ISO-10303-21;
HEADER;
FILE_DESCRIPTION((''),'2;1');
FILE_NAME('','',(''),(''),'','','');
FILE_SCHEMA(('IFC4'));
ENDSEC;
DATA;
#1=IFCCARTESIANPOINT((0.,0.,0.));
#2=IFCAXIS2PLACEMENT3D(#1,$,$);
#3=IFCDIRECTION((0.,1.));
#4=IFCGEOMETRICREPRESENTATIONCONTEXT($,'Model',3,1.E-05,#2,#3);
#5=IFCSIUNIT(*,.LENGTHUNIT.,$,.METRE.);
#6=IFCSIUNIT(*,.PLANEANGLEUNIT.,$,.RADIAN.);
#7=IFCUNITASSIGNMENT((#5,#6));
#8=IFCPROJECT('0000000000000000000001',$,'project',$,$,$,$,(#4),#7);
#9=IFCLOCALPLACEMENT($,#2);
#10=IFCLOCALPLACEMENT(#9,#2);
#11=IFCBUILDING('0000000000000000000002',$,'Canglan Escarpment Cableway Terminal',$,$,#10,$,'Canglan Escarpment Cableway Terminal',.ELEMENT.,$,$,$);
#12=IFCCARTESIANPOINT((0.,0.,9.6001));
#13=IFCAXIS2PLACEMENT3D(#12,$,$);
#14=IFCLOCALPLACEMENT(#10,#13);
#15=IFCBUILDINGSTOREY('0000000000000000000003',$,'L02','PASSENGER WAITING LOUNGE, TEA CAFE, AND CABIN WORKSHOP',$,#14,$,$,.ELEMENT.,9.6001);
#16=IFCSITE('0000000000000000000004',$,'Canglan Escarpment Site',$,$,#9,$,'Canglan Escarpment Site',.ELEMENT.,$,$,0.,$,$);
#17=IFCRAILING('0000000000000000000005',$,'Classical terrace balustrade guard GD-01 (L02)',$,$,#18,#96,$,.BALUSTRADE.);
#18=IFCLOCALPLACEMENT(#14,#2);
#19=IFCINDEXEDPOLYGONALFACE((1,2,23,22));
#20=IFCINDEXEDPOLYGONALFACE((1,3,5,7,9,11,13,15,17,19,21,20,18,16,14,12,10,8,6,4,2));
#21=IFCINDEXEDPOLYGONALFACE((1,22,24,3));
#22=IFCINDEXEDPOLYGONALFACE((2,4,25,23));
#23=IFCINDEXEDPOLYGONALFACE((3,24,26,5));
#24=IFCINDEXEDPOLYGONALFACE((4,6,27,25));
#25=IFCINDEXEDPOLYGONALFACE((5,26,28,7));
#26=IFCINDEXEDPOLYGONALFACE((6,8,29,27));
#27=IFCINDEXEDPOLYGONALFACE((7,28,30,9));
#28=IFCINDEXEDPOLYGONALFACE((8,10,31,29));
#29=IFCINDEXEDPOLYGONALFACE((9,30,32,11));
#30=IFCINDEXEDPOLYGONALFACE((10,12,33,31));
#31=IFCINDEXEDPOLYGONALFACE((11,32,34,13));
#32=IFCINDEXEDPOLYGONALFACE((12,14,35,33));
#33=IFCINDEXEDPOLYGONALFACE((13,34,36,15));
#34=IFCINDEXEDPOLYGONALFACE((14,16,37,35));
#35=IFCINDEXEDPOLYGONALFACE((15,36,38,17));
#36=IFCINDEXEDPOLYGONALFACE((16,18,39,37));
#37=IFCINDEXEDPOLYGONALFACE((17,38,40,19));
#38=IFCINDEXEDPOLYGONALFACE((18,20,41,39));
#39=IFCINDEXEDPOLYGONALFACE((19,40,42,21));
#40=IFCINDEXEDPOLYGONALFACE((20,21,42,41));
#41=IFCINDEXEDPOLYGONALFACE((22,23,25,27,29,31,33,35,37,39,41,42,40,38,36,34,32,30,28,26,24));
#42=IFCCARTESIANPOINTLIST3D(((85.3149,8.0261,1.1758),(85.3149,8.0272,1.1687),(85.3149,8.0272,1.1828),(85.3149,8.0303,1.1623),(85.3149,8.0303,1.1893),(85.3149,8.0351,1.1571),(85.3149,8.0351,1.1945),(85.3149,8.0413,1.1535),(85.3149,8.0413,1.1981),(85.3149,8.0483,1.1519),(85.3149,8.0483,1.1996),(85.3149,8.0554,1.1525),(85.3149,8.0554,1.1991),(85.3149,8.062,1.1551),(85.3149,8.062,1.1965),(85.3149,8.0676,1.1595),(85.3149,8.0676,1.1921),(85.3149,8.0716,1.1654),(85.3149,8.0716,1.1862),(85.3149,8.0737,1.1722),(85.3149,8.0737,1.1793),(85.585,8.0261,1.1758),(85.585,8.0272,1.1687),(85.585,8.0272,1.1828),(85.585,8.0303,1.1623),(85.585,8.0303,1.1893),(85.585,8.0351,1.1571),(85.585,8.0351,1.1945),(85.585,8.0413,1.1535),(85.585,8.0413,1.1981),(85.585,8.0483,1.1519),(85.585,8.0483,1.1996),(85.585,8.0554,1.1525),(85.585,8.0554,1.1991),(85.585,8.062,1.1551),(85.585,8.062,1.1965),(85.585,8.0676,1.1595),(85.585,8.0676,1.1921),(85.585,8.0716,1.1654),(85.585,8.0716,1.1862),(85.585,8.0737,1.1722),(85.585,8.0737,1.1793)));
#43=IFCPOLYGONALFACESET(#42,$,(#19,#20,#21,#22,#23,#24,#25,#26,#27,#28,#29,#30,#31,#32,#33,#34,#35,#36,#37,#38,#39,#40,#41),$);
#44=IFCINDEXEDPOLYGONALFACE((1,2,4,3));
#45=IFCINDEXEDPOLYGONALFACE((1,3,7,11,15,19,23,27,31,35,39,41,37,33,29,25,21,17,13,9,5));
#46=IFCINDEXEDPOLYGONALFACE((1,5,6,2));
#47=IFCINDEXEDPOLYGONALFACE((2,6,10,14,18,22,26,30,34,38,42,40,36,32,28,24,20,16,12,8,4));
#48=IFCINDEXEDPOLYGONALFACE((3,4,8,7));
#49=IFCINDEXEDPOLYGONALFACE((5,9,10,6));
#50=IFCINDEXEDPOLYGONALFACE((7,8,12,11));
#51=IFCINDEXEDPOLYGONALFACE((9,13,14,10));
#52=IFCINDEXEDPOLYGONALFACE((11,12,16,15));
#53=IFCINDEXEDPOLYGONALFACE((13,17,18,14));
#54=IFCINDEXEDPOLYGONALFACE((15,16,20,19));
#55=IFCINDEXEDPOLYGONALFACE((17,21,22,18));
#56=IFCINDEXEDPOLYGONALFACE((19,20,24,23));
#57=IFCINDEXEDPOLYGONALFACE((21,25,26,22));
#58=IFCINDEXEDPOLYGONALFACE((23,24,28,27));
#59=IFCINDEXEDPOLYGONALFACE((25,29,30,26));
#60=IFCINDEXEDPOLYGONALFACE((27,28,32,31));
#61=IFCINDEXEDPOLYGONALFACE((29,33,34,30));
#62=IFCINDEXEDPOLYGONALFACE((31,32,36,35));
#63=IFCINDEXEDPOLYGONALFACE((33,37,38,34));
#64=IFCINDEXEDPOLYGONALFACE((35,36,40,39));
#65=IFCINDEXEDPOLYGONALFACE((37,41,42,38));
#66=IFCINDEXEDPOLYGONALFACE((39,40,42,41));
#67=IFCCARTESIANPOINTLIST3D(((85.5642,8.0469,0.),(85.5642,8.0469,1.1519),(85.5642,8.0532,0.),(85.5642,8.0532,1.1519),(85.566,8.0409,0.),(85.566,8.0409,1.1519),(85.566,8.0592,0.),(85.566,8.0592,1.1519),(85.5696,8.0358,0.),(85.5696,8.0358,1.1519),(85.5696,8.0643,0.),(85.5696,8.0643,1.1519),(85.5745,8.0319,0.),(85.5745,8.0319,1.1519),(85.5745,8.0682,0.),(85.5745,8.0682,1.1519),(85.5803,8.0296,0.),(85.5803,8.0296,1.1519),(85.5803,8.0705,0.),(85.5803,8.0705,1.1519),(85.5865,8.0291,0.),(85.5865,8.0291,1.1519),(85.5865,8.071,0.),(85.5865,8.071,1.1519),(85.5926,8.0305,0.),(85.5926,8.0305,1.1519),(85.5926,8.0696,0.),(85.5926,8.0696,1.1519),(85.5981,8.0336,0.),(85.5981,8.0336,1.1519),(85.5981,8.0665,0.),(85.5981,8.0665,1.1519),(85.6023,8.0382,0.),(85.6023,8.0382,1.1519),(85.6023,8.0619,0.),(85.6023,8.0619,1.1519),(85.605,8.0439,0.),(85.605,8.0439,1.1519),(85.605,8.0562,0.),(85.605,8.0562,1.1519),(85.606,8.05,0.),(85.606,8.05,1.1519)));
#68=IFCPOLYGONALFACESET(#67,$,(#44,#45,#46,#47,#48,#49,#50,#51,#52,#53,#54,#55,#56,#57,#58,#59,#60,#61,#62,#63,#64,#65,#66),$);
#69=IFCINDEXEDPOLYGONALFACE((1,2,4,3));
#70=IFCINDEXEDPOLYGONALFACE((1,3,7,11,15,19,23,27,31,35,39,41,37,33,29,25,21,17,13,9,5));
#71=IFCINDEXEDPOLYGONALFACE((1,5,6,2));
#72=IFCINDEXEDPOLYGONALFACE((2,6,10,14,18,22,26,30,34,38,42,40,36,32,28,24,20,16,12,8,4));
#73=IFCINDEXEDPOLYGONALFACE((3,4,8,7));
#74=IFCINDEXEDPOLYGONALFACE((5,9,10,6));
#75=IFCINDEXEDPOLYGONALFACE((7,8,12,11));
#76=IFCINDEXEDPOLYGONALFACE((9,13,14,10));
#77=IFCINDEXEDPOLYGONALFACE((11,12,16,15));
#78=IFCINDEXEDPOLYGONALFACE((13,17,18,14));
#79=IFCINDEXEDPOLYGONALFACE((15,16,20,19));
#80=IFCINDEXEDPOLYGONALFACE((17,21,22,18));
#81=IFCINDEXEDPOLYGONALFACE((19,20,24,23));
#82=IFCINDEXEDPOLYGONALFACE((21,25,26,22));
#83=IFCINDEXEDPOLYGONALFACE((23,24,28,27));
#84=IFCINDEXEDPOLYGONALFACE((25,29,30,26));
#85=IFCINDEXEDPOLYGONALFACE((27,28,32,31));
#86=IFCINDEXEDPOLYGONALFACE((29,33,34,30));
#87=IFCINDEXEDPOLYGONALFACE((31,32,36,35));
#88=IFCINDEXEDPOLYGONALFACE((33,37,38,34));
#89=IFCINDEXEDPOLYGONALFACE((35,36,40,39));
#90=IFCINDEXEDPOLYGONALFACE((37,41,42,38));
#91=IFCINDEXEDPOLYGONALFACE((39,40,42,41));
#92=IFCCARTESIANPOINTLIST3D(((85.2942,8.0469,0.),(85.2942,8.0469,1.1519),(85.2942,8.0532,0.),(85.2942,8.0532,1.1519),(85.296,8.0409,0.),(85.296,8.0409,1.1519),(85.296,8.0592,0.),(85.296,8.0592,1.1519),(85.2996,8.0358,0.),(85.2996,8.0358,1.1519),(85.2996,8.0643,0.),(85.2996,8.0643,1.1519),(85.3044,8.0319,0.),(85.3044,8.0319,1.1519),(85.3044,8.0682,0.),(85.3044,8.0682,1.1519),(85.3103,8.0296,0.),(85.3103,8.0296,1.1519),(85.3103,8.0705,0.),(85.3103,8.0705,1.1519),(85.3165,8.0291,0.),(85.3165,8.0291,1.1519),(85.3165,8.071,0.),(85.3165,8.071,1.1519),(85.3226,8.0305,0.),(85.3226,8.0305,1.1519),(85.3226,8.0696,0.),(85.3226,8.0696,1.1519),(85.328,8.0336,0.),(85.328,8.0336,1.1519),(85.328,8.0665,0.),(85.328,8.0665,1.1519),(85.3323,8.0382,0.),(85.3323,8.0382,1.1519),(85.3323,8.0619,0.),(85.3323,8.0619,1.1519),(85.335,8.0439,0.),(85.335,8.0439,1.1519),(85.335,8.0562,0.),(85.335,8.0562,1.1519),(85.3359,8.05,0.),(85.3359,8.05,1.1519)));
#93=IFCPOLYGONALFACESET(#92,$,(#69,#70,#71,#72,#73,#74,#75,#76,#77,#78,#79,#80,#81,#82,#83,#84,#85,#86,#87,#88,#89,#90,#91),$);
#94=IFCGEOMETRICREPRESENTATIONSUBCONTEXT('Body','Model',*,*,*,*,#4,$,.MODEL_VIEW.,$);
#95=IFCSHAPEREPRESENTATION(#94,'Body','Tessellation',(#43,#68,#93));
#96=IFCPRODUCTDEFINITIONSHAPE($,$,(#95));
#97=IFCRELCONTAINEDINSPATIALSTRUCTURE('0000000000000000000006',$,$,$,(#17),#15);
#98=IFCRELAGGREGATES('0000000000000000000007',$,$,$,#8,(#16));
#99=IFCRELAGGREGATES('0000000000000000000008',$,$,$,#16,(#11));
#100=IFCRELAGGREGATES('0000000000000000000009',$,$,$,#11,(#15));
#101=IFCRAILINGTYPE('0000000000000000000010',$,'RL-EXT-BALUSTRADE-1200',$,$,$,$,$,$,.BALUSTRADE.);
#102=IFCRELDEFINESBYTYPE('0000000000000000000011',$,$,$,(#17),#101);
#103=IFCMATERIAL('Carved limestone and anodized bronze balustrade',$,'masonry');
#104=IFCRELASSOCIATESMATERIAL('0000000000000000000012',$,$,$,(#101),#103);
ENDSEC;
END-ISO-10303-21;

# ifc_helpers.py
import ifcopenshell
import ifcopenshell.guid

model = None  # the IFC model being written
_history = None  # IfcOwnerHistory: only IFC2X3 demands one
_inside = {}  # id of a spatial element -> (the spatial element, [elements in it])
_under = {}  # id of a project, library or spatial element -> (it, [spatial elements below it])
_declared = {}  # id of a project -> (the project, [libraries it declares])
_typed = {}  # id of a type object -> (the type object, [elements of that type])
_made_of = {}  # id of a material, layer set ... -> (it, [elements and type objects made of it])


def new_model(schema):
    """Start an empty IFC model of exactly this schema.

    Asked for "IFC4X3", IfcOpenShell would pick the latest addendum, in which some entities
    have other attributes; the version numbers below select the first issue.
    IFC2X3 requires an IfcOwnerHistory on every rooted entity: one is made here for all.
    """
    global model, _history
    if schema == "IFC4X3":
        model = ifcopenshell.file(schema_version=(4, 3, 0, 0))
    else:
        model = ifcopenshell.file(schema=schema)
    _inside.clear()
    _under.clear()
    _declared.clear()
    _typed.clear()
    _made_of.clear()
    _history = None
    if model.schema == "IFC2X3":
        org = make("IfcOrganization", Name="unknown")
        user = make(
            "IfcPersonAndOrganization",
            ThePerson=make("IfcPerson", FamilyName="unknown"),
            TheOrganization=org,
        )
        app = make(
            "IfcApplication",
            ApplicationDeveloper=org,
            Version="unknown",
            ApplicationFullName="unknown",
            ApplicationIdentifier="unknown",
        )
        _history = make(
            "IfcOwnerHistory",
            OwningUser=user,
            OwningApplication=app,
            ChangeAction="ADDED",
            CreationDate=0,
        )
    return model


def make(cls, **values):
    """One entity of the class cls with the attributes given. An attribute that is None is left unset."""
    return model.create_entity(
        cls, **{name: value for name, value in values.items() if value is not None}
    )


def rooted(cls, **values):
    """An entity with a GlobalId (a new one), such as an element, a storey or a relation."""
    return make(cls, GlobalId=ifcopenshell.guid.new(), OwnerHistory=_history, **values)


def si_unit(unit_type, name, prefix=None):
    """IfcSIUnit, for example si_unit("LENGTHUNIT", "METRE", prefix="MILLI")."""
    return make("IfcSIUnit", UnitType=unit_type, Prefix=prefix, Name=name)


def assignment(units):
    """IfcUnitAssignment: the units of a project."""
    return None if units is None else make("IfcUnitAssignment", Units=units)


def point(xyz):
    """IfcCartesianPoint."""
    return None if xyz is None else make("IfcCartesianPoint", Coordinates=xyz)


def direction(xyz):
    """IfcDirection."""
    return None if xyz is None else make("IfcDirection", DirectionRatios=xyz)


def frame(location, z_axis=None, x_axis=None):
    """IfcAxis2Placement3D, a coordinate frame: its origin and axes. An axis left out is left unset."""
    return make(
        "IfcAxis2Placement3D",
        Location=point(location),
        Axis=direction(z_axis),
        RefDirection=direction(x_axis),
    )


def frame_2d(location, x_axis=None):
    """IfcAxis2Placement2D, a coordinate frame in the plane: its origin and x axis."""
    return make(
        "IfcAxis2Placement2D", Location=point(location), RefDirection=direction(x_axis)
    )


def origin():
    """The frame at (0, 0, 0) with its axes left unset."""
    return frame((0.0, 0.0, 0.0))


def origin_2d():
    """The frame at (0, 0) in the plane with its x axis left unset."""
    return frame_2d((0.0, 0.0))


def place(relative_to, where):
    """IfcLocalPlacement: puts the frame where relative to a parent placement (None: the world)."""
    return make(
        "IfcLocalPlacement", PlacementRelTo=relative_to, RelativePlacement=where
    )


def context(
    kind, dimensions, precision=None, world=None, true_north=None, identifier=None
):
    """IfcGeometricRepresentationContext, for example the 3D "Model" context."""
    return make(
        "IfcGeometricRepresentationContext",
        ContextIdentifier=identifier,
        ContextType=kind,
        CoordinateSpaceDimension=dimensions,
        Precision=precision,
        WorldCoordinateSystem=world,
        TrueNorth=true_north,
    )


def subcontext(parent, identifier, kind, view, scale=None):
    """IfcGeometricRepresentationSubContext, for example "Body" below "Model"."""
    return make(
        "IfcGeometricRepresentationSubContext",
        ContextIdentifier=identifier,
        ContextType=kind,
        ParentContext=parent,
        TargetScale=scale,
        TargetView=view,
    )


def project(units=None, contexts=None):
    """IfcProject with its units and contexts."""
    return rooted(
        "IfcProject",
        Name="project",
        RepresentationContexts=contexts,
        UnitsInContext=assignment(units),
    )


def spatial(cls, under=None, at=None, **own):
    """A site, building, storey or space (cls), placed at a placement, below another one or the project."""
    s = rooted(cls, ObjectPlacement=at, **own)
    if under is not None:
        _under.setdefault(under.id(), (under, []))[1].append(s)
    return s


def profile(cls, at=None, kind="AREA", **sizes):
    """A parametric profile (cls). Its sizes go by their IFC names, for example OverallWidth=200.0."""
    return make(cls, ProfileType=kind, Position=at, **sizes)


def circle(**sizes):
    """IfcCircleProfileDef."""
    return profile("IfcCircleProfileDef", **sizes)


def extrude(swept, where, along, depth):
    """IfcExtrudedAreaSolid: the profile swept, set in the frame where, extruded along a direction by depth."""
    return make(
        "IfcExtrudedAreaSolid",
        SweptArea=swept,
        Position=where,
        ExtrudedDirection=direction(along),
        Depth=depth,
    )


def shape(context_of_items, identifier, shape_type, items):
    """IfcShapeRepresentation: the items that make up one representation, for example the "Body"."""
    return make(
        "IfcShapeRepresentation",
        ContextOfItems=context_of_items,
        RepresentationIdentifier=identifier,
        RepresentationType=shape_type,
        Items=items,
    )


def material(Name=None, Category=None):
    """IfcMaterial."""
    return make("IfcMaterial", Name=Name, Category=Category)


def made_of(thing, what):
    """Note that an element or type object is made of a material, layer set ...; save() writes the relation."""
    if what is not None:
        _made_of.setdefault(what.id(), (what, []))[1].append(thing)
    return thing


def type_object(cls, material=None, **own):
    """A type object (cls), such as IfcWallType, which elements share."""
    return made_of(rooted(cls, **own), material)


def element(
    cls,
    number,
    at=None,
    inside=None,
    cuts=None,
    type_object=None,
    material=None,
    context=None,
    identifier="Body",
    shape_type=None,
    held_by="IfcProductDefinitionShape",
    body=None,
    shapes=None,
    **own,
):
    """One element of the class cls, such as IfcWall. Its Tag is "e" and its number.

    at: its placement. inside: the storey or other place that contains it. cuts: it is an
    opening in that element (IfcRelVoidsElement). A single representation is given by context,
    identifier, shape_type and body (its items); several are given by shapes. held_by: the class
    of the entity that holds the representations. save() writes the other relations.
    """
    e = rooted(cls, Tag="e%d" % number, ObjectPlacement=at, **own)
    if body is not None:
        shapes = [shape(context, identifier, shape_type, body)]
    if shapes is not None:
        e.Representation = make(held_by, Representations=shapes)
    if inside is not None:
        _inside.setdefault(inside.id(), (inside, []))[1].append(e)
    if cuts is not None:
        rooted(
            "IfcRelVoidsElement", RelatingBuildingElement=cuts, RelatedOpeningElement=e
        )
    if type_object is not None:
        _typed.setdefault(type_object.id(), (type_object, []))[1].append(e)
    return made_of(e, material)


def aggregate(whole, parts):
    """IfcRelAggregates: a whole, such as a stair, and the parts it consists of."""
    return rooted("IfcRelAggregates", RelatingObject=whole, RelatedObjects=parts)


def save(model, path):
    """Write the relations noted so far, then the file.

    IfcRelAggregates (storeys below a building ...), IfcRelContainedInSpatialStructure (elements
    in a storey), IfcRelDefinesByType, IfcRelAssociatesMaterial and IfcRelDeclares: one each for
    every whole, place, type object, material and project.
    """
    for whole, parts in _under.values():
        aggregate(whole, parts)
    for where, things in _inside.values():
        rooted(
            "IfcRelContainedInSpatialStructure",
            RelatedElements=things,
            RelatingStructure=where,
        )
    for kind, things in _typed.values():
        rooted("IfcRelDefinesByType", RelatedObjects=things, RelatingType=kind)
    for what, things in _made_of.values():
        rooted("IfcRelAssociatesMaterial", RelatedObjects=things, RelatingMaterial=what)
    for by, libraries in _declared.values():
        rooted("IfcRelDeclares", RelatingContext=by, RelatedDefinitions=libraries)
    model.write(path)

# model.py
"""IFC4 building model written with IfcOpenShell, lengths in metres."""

from ifc_helpers import new_model, si_unit, direction, frame, origin, origin_2d, place, context, subcontext, project, spatial, circle, extrude, material, type_object, element, save


model = new_model("IFC4")

# Units and contexts
model_context = context("Model", 3, precision=1e-05, world=origin(), true_north=direction((0.0, 1.0)))
body_context = subcontext(model_context, "Body", "Model", "MODEL_VIEW")
ifc_project = project(units=[si_unit("LENGTHUNIT", "METRE"), si_unit("PLANEANGLEUNIT", "RADIAN")], contexts=[model_context])

# Site, building, storey
site_placement = place(None, origin())
site = spatial("IfcSite", under=ifc_project, at=site_placement, Name="Canglan Escarpment Site", LongName="Canglan Escarpment Site", CompositionType="ELEMENT", RefElevation=0.0)
building_placement = place(site_placement, origin())
building = spatial("IfcBuilding", under=site, at=building_placement, Name="Canglan Escarpment Cableway Terminal", LongName="Canglan Escarpment Cableway Terminal", CompositionType="ELEMENT")
storey_placement = place(building_placement, frame((0.0, 0.0, 9.6001)))
storey = spatial("IfcBuildingStorey", under=building, at=storey_placement, Name="L02", Description="PASSENGER WAITING LOUNGE, TEA CAFE, AND CABIN WORKSHOP", CompositionType="ELEMENT", Elevation=9.6001)

# Railing
ifc_material_1 = material(Name="Carved limestone and anodized bronze balustrade", Category="masonry")
railing_type_1 = type_object("IfcRailingType", Name="RL-EXT-BALUSTRADE-1200", PredefinedType="BALUSTRADE", material=ifc_material_1)
railing_1_placement = place(storey_placement, frame((85.585, 8.05, 0.0)))
element("IfcRailing", 1, at=railing_1_placement, inside=storey, type_object=railing_type_1, Name="Classical terrace balustrade guard GD-01 (L02)", PredefinedType="BALUSTRADE", context=body_context, shape_type="SweptSolid", body=[
    extrude(circle(Radius=0.0239, at=origin_2d()), frame((0.0, 0.0, 1.1758), z_axis=(-1.0, 0.0, 0.0), x_axis=(0.0, -1.0, 0.0)), (0.0, 0.0, 1.0), 0.27),
    extrude(circle(Radius=0.021, at=origin_2d()), origin(), (0.0, 0.0, 1.0), 1.1519),
    extrude(circle(Radius=0.021, at=origin_2d()), frame((-0.27, 0.0, 0.0)), (0.0, 0.0, 1.0), 1.1519),
])

save(model, "model.ifc")
